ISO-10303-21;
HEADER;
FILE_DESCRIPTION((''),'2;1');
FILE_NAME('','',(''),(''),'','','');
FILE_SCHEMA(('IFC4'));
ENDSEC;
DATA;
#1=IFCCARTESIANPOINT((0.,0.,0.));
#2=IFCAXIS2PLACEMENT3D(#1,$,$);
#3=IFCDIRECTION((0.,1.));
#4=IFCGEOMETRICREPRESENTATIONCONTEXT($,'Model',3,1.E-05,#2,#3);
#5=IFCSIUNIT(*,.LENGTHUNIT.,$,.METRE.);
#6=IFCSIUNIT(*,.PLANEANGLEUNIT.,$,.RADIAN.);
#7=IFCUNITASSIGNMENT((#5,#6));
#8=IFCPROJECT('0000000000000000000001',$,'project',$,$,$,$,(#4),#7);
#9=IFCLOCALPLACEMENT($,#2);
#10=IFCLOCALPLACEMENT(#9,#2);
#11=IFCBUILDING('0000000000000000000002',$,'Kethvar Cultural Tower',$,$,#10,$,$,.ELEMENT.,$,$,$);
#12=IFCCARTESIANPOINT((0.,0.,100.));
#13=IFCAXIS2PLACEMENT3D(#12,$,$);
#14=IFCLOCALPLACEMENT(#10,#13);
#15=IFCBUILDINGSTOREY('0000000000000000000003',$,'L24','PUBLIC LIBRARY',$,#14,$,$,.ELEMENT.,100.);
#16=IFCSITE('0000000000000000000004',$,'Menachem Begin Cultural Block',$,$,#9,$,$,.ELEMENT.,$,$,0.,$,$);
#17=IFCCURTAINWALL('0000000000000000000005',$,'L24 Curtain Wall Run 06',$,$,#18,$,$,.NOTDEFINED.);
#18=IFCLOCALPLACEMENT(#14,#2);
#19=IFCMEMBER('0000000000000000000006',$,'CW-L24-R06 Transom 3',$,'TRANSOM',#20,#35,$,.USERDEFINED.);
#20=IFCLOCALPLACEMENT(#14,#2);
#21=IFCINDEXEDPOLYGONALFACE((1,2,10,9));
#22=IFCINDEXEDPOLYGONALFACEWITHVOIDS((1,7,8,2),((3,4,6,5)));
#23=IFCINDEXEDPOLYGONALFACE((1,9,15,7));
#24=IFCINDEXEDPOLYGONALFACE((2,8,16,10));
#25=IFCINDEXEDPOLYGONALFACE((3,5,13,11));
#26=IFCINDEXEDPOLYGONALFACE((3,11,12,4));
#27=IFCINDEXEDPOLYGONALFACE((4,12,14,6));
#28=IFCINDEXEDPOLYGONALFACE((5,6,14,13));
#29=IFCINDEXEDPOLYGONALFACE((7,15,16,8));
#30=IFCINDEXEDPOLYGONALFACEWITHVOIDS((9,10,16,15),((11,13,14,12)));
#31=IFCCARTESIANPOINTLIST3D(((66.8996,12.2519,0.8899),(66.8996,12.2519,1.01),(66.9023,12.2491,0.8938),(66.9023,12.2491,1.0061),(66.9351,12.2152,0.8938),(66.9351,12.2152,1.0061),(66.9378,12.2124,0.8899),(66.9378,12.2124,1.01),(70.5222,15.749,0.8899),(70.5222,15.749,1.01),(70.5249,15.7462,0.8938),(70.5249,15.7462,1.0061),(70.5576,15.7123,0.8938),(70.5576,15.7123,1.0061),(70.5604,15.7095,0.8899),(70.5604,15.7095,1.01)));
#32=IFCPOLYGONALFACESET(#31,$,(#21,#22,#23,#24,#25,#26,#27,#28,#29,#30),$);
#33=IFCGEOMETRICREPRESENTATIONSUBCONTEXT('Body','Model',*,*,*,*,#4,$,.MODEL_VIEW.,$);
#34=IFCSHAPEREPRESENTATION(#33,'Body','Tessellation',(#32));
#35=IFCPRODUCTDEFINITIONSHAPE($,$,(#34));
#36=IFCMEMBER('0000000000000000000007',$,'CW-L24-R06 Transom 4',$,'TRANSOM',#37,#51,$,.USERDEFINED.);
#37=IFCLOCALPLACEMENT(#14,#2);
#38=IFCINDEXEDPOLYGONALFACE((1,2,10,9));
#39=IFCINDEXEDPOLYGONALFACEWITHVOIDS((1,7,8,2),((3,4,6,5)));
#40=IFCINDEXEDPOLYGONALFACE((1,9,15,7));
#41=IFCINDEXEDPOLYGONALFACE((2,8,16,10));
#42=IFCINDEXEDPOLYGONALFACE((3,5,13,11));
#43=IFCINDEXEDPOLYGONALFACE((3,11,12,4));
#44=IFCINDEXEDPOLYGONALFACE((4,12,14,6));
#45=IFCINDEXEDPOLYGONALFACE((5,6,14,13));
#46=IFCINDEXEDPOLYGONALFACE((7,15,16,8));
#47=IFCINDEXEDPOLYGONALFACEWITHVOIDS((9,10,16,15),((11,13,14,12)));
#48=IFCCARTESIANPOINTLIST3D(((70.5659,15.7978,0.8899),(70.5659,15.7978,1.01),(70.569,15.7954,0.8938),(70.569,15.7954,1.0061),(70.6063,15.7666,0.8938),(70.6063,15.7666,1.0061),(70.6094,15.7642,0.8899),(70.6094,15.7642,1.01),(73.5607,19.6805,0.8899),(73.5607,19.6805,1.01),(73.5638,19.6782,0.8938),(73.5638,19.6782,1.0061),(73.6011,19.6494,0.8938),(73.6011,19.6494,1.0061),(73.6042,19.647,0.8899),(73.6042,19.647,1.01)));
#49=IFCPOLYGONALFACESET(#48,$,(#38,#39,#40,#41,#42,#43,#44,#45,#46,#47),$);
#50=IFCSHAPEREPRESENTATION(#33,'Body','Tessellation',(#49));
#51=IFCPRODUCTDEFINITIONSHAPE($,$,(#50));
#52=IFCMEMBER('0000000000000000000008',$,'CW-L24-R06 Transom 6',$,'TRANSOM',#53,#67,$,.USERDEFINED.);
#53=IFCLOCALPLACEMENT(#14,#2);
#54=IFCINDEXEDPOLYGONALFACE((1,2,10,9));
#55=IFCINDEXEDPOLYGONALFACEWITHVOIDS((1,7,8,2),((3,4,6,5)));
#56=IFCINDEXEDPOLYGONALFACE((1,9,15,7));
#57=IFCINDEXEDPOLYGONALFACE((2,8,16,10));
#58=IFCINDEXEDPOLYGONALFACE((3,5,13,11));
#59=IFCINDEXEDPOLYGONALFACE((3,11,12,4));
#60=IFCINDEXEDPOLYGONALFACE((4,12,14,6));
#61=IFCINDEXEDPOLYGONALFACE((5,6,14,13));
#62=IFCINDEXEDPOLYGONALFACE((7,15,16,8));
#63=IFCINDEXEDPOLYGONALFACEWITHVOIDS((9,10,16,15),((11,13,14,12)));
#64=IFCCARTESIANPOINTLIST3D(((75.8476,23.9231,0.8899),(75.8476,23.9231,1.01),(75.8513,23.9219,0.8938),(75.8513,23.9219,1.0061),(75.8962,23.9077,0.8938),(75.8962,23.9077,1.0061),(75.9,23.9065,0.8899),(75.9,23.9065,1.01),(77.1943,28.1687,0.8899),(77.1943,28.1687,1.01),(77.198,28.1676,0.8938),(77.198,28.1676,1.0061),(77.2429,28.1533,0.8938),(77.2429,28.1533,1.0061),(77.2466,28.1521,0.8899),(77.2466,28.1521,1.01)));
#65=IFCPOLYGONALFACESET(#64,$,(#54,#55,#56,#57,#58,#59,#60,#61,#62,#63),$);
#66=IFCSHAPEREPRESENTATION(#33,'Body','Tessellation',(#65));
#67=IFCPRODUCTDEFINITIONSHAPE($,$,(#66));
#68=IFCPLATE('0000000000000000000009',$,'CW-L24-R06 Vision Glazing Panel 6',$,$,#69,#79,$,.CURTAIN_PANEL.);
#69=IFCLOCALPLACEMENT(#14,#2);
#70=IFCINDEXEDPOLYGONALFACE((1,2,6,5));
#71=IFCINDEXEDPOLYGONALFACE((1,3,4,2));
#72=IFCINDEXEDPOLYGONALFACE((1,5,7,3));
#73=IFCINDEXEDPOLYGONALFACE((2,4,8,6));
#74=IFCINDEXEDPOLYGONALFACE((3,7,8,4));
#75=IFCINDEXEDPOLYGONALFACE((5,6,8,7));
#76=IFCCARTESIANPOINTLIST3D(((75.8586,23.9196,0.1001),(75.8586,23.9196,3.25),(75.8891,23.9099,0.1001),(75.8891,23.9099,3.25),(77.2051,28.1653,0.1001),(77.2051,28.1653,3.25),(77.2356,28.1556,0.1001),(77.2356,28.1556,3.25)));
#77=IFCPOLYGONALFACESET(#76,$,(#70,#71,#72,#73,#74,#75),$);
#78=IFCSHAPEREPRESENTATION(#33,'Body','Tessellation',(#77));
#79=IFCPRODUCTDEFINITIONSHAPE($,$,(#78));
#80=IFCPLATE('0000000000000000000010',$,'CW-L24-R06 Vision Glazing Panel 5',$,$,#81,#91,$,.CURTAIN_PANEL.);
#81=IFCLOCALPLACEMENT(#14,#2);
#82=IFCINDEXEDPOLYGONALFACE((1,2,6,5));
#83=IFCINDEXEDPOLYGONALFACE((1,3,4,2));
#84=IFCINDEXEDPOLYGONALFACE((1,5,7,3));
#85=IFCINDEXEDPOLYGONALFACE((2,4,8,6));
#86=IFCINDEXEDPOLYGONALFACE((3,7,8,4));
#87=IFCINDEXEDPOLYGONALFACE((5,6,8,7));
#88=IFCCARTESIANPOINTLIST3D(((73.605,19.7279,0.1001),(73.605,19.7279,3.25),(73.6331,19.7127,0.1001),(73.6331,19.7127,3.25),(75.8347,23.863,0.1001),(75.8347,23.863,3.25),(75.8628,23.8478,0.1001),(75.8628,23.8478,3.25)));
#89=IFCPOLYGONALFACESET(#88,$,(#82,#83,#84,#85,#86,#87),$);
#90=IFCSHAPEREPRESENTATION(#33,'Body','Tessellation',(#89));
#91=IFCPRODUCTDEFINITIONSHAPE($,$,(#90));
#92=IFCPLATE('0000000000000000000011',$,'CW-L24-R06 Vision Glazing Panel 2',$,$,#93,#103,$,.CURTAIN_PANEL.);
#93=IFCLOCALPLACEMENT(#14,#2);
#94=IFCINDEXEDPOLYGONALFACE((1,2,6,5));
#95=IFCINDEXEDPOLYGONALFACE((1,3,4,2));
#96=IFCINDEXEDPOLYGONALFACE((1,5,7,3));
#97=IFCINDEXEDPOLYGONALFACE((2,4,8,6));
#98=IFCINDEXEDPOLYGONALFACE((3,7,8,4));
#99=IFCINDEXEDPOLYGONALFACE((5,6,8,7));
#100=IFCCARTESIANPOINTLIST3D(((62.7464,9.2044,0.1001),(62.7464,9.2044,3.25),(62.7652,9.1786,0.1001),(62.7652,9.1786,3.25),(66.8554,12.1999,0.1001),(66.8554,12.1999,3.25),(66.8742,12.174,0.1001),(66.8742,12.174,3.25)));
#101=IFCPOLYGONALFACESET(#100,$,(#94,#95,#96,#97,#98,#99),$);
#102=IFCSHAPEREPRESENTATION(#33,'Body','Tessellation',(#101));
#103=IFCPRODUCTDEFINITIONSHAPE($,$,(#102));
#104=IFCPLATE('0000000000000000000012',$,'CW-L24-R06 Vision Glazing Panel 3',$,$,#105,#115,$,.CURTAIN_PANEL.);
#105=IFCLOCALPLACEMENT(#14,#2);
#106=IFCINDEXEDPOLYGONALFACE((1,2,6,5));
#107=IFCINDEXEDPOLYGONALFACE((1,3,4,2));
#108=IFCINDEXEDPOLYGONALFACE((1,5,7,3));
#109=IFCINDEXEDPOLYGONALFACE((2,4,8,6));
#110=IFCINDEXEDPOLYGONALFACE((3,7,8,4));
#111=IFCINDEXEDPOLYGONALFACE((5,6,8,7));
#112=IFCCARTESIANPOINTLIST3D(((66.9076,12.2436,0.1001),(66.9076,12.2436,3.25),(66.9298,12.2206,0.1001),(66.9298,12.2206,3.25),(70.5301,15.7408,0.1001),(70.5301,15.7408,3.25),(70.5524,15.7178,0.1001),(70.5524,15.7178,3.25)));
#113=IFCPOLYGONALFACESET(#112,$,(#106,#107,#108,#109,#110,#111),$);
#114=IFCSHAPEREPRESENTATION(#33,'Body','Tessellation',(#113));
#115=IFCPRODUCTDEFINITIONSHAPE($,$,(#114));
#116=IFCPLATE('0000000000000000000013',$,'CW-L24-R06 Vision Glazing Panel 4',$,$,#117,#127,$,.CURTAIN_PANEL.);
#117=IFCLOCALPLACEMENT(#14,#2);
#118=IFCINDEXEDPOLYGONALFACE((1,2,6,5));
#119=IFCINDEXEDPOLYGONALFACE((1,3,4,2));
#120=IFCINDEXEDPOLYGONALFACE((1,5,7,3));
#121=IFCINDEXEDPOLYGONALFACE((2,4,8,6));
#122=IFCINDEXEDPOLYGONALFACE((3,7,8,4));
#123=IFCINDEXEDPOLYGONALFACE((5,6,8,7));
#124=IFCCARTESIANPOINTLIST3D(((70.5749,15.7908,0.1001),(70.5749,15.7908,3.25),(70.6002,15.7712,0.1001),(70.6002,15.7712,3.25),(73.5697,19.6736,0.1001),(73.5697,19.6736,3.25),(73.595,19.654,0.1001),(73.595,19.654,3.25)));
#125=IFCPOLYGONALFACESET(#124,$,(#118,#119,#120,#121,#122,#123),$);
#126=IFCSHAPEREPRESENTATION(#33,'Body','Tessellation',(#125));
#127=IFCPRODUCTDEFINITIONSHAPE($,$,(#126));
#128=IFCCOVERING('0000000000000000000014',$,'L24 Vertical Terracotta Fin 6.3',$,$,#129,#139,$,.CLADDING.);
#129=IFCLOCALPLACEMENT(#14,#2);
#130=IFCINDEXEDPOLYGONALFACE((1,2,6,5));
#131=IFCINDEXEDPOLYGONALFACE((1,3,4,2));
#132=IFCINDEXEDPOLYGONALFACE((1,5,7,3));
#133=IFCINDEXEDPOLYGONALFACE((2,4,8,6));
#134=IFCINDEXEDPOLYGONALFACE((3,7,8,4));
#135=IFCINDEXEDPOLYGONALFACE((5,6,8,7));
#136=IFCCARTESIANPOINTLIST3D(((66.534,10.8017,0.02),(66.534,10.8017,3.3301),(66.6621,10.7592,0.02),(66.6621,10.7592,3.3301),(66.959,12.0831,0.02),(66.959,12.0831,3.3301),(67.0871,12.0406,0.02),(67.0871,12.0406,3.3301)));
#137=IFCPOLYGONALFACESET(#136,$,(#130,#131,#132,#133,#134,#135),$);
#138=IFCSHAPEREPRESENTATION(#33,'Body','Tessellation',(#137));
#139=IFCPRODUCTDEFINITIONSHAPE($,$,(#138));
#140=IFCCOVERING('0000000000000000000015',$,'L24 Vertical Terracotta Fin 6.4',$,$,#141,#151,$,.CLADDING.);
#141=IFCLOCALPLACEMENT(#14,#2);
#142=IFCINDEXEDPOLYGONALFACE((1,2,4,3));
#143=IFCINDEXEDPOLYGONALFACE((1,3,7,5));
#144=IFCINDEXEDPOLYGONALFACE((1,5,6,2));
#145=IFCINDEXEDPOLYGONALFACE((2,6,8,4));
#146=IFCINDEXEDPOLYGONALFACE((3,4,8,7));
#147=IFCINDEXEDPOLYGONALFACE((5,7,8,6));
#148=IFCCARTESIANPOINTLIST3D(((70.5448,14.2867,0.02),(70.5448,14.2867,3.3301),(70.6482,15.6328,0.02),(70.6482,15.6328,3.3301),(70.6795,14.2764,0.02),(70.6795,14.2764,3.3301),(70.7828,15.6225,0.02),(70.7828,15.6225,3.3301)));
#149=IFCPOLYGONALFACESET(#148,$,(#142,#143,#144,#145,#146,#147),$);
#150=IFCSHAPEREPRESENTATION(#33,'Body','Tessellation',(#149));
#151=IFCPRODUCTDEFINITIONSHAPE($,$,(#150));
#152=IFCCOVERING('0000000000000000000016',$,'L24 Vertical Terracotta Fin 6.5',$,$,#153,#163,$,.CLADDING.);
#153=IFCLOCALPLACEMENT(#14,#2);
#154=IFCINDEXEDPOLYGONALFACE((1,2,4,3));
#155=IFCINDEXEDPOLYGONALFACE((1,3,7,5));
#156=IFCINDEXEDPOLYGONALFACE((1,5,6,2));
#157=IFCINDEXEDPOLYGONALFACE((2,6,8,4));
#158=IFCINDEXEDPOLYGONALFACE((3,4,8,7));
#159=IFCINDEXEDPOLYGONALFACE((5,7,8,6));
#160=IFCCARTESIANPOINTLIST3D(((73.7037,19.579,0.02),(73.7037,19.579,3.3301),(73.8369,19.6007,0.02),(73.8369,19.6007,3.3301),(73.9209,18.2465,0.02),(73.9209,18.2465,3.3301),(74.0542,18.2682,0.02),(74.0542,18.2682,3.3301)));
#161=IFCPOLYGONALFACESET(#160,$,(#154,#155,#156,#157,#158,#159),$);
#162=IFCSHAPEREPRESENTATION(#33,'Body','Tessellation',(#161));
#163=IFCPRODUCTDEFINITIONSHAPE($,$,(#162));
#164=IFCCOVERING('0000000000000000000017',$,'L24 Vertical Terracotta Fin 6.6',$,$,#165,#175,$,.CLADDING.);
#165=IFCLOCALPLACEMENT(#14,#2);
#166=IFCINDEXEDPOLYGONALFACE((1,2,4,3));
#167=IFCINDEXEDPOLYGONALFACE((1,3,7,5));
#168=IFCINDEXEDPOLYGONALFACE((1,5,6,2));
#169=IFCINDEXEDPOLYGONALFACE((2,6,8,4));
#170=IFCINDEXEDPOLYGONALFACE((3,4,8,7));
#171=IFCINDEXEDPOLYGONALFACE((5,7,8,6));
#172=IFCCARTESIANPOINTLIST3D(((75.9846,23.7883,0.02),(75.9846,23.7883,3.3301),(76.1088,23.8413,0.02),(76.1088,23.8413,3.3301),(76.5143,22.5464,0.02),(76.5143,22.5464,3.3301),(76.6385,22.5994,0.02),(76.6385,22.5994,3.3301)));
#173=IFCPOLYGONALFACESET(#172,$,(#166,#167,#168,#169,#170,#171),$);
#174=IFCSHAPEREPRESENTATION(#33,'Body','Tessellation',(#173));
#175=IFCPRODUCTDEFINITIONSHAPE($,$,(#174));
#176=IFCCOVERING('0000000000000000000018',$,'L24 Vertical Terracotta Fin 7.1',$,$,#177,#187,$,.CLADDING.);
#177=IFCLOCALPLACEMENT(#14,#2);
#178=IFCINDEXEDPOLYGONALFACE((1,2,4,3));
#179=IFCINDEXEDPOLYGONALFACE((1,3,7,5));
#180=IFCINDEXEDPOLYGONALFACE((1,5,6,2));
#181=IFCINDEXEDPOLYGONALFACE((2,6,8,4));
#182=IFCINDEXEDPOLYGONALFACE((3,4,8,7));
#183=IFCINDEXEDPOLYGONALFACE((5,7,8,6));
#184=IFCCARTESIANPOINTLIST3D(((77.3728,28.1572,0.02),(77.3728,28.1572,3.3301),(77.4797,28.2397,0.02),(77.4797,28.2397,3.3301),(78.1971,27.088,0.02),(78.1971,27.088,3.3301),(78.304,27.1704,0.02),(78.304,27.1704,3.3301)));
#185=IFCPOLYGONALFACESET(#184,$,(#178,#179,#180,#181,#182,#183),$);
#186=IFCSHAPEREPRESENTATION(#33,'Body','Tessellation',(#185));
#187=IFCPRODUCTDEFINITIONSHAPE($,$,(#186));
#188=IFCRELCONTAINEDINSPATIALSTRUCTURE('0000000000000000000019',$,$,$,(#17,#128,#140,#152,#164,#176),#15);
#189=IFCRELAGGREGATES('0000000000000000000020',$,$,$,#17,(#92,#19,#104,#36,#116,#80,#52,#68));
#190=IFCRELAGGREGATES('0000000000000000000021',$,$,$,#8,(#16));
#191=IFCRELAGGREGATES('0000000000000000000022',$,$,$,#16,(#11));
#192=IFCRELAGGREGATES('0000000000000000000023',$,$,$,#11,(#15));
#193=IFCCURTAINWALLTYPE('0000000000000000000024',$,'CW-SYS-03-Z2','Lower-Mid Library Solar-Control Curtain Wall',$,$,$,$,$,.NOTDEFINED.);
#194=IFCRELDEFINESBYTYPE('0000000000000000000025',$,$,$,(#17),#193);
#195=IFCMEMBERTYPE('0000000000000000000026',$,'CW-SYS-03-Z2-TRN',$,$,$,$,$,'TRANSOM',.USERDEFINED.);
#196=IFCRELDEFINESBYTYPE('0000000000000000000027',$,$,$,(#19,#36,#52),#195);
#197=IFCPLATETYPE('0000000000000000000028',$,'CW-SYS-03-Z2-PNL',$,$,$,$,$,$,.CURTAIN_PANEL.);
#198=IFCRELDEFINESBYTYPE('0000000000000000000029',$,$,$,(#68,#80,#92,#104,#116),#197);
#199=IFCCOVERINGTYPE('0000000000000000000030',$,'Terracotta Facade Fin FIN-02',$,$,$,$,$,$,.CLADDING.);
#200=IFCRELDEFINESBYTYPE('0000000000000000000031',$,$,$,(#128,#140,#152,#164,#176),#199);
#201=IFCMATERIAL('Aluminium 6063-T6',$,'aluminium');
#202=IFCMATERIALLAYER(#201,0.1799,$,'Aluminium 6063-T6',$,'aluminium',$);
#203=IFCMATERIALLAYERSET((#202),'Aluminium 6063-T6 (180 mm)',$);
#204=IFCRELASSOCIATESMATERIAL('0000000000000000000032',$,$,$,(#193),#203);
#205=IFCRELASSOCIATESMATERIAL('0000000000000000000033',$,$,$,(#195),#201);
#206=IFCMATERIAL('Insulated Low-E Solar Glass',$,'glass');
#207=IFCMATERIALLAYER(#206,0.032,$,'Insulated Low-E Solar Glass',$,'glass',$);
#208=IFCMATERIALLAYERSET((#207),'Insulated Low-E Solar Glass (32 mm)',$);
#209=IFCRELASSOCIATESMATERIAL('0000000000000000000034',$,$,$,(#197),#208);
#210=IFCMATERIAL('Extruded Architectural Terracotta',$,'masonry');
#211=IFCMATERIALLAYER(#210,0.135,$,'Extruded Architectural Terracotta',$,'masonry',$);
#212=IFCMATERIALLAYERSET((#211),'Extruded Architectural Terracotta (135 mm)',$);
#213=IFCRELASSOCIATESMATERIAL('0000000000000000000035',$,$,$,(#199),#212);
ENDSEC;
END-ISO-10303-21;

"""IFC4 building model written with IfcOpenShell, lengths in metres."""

from ifc_helpers import new_model, si_unit, direction, frame, origin, origin_2d, place, context, subcontext, project, spatial, rectangle, hollow_rectangle, extrude, source, transform, mapped, material, layer, layer_set, material_profile, profile_set, type_object, element, aggregate, save


model = new_model("IFC4")

# Units and contexts
model_context = context("Model", 3, precision=1e-05, world=origin(), true_north=direction((0.0, 1.0)))
body_context = subcontext(model_context, "Body", "Model", "MODEL_VIEW")
ifc_project = project(units=[si_unit("LENGTHUNIT", "METRE"), si_unit("PLANEANGLEUNIT", "RADIAN")], contexts=[model_context])

# Site, building, storey
site_placement = place(None, origin())
site = spatial("IfcSite", under=ifc_project, at=site_placement, Name="Menachem Begin Cultural Block", CompositionType="ELEMENT", RefElevation=0.0)
building_placement = place(site_placement, origin())
building = spatial("IfcBuilding", under=site, at=building_placement, Name="Kethvar Cultural Tower", CompositionType="ELEMENT")
storey_placement = place(building_placement, frame((0.0, 0.0, 100.0)))
storey = spatial("IfcBuildingStorey", under=building, at=storey_placement, Name="L24", Description="PUBLIC LIBRARY", CompositionType="ELEMENT", Elevation=100.0)

# Curtain wall, members, plates
ifc_material_1 = material(Name="Aluminium 6063-T6", Category="aluminium")
ifc_layer_1 = layer(ifc_material_1, 0.1799, Name="Aluminium 6063-T6", Category="aluminium")
ifc_layer_set_1 = layer_set([ifc_layer_1], Name="Aluminium 6063-T6 (180 mm)")
curtain_wall_type = type_object("IfcCurtainWallType", Name="CW-SYS-03-Z2", Description="Lower-Mid Library Solar-Control Curtain Wall", PredefinedType="NOTDEFINED", material=ifc_layer_set_1)
curtain_wall_placement = place(storey_placement, origin())
curtain_wall = element("IfcCurtainWall", 1, at=curtain_wall_placement, inside=storey, type_object=curtain_wall_type, Name="L24 Curtain Wall Run 06", PredefinedType="NOTDEFINED")
ifc_material_profile_1 = material_profile(ifc_material_1, hollow_rectangle(XDim=0.0549, YDim=0.1201, WallThickness=0.0039, at=origin_2d()), Name="Aluminium 6063-T6 — RHS120x55x4")
ifc_profile_set_1 = profile_set([ifc_material_profile_1], Name="Aluminium 6063-T6 — RHS120x55x4")
member_type_1 = type_object("IfcMemberType", Name="CW-SYS-03-Z2-TRN", ElementType="TRANSOM", PredefinedType="USERDEFINED", material=ifc_profile_set_1)
shared_shape_1 = source(origin(), body_context, "Body", "SweptSolid", [
    extrude(hollow_rectangle(XDim=0.0549, YDim=0.1201, WallThickness=0.0039, at=origin_2d()), origin(), (0.0, 0.0, 1.0), 5.0352),
])
member_1_placement = place(storey_placement, frame((66.9187, 12.2322, 0.95), z_axis=(0.719458, 0.694536, 0.0), x_axis=(-0.694536, 0.719458, 0.0)))
member_1 = element("IfcMember", 2, at=member_1_placement, type_object=member_type_1, Name="CW-L24-R06 Transom 3", ObjectType="TRANSOM", PredefinedType="USERDEFINED", context=body_context, shape_type="MappedRepresentation", body=[
    mapped(shared_shape_1, transform((0.0, 0.0, 0.0), scale=1.0)),
])
shared_shape_2 = source(origin(), body_context, "Body", "SweptSolid", [
    extrude(hollow_rectangle(XDim=0.0549, YDim=0.1201, WallThickness=0.0039, at=origin_2d()), origin(), (0.0, 0.0, 1.0), 4.9036),
])
member_2_placement = place(storey_placement, frame((70.5876, 15.781, 0.95), z_axis=(0.610747, 0.791826, 0.0), x_axis=(-0.791826, 0.610747, 0.0)))
member_2 = element("IfcMember", 3, at=member_2_placement, type_object=member_type_1, Name="CW-L24-R06 Transom 4", ObjectType="TRANSOM", PredefinedType="USERDEFINED", context=body_context, shape_type="MappedRepresentation", body=[
    mapped(shared_shape_2, transform((0.0, 0.0, 0.0), scale=1.0)),
])
shared_shape_3 = source(origin(), body_context, "Body", "SweptSolid", [
    extrude(hollow_rectangle(XDim=0.0549, YDim=0.1201, WallThickness=0.0039, at=origin_2d()), origin(), (0.0, 0.0, 1.0), 4.4541),
])
member_3_placement = place(storey_placement, frame((75.8738, 23.9148, 0.95), z_axis=(0.302348, 0.953198, 0.0), x_axis=(-0.953198, 0.302348, 0.0)))
member_3 = element("IfcMember", 4, at=member_3_placement, type_object=member_type_1, Name="CW-L24-R06 Transom 6", ObjectType="TRANSOM", PredefinedType="USERDEFINED", context=body_context, shape_type="MappedRepresentation", body=[
    mapped(shared_shape_3, transform((0.0, 0.0, 0.0), scale=1.0)),
])
ifc_material_2 = material(Name="Insulated Low-E Solar Glass", Category="glass")
ifc_layer_2 = layer(ifc_material_2, 0.032, Name="Insulated Low-E Solar Glass", Category="glass")
ifc_layer_set_2 = layer_set([ifc_layer_2], Name="Insulated Low-E Solar Glass (32 mm)")
plate_type = type_object("IfcPlateType", Name="CW-SYS-03-Z2-PNL", PredefinedType="CURTAIN_PANEL", material=ifc_layer_set_2)
shared_shape_4 = source(origin(), body_context, "Body", "SweptSolid", [
    extrude(rectangle(XDim=4.4541, YDim=0.032, at=origin_2d()), origin(), (0.0, 0.0, 1.0), 3.1499),
])
plate_1_placement = place(storey_placement, frame((76.5471, 26.0376, 0.1001), z_axis=(0.0, 0.0, 1.0), x_axis=(0.302303, 0.953212, 0.0)))
plate_1 = element("IfcPlate", 5, at=plate_1_placement, type_object=plate_type, Name="CW-L24-R06 Vision Glazing Panel 6", PredefinedType="CURTAIN_PANEL", context=body_context, shape_type="MappedRepresentation", body=[
    mapped(shared_shape_4, transform((0.0, 0.0, 0.0), scale=1.0)),
])
shared_shape_5 = source(origin(), body_context, "Body", "SweptSolid", [
    extrude(rectangle(XDim=4.698, YDim=0.032, at=origin_2d()), origin(), (0.0, 0.0, 1.0), 3.1499),
])
plate_2_placement = place(storey_placement, frame((74.7339, 21.7878, 0.1001), z_axis=(0.0, 0.0, 1.0), x_axis=(0.474611, 0.880196, 0.0)))
plate_2 = element("IfcPlate", 6, at=plate_2_placement, type_object=plate_type, Name="CW-L24-R06 Vision Glazing Panel 5", PredefinedType="CURTAIN_PANEL", context=body_context, shape_type="MappedRepresentation", body=[
    mapped(shared_shape_5, transform((0.0, 0.0, 0.0), scale=1.0)),
])
shared_shape_6 = source(origin(), body_context, "Body", "SweptSolid", [
    extrude(rectangle(XDim=5.085, YDim=0.032, at=origin_2d()), origin(), (0.0, 0.0, 1.0), 3.1499),
])
plate_3_placement = place(storey_placement, frame((64.8103, 10.6892, 0.1001), z_axis=(0.0, 0.0, 1.0), x_axis=(0.808072, 0.589084, 0.0)))
plate_3 = element("IfcPlate", 7, at=plate_3_placement, type_object=plate_type, Name="CW-L24-R06 Vision Glazing Panel 2", PredefinedType="CURTAIN_PANEL", context=body_context, shape_type="MappedRepresentation", body=[
    mapped(shared_shape_6, transform((0.0, 0.0, 0.0), scale=1.0)),
])
shared_shape_7 = source(origin(), body_context, "Body", "SweptSolid", [
    extrude(rectangle(XDim=5.0352, YDim=0.032, at=origin_2d()), origin(), (0.0, 0.0, 1.0), 3.1499),
])
plate_4_placement = place(storey_placement, frame((68.73, 13.9807, 0.1001), z_axis=(0.0, 0.0, 1.0), x_axis=(0.719449, 0.694545, 0.0)))
plate_4 = element("IfcPlate", 8, at=plate_4_placement, type_object=plate_type, Name="CW-L24-R06 Vision Glazing Panel 3", PredefinedType="CURTAIN_PANEL", context=body_context, shape_type="MappedRepresentation", body=[
    mapped(shared_shape_7, transform((0.0, 0.0, 0.0), scale=1.0)),
])
shared_shape_8 = source(origin(), body_context, "Body", "SweptSolid", [
    extrude(rectangle(XDim=4.9036, YDim=0.032, at=origin_2d()), origin(), (0.0, 0.0, 1.0), 3.1499),
])
plate_5_placement = place(storey_placement, frame((72.085, 17.7224, 0.1001), z_axis=(0.0, 0.0, 1.0), x_axis=(0.61074, 0.791832, 0.0)))
plate_5 = element("IfcPlate", 9, at=plate_5_placement, type_object=plate_type, Name="CW-L24-R06 Vision Glazing Panel 4", PredefinedType="CURTAIN_PANEL", context=body_context, shape_type="MappedRepresentation", body=[
    mapped(shared_shape_8, transform((0.0, 0.0, 0.0), scale=1.0)),
])
aggregate(curtain_wall, [plate_3, member_1, plate_4, member_2, plate_5, plate_2, member_3, plate_1])

# Coverings
ifc_material_3 = material(Name="Extruded Architectural Terracotta", Category="masonry")
ifc_layer_3 = layer(ifc_material_3, 0.135, Name="Extruded Architectural Terracotta", Category="masonry")
ifc_layer_set_3 = layer_set([ifc_layer_3], Name="Extruded Architectural Terracotta (135 mm)")
covering_type = type_object("IfcCoveringType", Name="Terracotta Facade Fin FIN-02", PredefinedType="CLADDING", material=ifc_layer_set_3)
shared_shape_9 = source(origin(), body_context, "Body", "SweptSolid", [
    extrude(rectangle(XDim=1.3501, YDim=0.135, at=origin_2d()), origin(), (0.0, 0.0, 1.0), 3.3101),
])
for number, where, z_axis, x_axis, name in (
    (10, (66.8105, 11.4211, 0.02), (0.0, 0.0, 1.0), (-0.314821, -0.949151, 0.0), "L24 Vertical Terracotta Fin 6.3"),
    (11, (70.6638, 14.9546, 0.02), (0.0, 0.0, 1.0), (-0.076545, -0.997066, 0.0), "L24 Vertical Terracotta Fin 6.4"),
    (12, (73.8789, 18.9236, 0.02), (0.0, 0.0, 1.0), (0.160915, -0.986968, 0.0), "L24 Vertical Terracotta Fin 6.5"),
    (13, (76.3115, 23.1938, 0.02), (0.0, 0.0, 1.0), (0.392337, -0.919821, 0.0), "L24 Vertical Terracotta Fin 6.6"),
    (14, (77.8384, 27.6638, 0.02), (0.0, 0.0, 1.0), (0.61056, -0.79197, 0.0), "L24 Vertical Terracotta Fin 7.1"),
):
    element("IfcCovering", number, at=place(storey_placement, frame(where, z_axis=z_axis, x_axis=x_axis)), inside=storey, type_object=covering_type, Name=name, PredefinedType="CLADDING", context=body_context, shape_type="MappedRepresentation", body=[
        mapped(shared_shape_9, transform((0.0, 0.0, 0.0), scale=1.0)),
    ])

save(model, "model.ifc")
